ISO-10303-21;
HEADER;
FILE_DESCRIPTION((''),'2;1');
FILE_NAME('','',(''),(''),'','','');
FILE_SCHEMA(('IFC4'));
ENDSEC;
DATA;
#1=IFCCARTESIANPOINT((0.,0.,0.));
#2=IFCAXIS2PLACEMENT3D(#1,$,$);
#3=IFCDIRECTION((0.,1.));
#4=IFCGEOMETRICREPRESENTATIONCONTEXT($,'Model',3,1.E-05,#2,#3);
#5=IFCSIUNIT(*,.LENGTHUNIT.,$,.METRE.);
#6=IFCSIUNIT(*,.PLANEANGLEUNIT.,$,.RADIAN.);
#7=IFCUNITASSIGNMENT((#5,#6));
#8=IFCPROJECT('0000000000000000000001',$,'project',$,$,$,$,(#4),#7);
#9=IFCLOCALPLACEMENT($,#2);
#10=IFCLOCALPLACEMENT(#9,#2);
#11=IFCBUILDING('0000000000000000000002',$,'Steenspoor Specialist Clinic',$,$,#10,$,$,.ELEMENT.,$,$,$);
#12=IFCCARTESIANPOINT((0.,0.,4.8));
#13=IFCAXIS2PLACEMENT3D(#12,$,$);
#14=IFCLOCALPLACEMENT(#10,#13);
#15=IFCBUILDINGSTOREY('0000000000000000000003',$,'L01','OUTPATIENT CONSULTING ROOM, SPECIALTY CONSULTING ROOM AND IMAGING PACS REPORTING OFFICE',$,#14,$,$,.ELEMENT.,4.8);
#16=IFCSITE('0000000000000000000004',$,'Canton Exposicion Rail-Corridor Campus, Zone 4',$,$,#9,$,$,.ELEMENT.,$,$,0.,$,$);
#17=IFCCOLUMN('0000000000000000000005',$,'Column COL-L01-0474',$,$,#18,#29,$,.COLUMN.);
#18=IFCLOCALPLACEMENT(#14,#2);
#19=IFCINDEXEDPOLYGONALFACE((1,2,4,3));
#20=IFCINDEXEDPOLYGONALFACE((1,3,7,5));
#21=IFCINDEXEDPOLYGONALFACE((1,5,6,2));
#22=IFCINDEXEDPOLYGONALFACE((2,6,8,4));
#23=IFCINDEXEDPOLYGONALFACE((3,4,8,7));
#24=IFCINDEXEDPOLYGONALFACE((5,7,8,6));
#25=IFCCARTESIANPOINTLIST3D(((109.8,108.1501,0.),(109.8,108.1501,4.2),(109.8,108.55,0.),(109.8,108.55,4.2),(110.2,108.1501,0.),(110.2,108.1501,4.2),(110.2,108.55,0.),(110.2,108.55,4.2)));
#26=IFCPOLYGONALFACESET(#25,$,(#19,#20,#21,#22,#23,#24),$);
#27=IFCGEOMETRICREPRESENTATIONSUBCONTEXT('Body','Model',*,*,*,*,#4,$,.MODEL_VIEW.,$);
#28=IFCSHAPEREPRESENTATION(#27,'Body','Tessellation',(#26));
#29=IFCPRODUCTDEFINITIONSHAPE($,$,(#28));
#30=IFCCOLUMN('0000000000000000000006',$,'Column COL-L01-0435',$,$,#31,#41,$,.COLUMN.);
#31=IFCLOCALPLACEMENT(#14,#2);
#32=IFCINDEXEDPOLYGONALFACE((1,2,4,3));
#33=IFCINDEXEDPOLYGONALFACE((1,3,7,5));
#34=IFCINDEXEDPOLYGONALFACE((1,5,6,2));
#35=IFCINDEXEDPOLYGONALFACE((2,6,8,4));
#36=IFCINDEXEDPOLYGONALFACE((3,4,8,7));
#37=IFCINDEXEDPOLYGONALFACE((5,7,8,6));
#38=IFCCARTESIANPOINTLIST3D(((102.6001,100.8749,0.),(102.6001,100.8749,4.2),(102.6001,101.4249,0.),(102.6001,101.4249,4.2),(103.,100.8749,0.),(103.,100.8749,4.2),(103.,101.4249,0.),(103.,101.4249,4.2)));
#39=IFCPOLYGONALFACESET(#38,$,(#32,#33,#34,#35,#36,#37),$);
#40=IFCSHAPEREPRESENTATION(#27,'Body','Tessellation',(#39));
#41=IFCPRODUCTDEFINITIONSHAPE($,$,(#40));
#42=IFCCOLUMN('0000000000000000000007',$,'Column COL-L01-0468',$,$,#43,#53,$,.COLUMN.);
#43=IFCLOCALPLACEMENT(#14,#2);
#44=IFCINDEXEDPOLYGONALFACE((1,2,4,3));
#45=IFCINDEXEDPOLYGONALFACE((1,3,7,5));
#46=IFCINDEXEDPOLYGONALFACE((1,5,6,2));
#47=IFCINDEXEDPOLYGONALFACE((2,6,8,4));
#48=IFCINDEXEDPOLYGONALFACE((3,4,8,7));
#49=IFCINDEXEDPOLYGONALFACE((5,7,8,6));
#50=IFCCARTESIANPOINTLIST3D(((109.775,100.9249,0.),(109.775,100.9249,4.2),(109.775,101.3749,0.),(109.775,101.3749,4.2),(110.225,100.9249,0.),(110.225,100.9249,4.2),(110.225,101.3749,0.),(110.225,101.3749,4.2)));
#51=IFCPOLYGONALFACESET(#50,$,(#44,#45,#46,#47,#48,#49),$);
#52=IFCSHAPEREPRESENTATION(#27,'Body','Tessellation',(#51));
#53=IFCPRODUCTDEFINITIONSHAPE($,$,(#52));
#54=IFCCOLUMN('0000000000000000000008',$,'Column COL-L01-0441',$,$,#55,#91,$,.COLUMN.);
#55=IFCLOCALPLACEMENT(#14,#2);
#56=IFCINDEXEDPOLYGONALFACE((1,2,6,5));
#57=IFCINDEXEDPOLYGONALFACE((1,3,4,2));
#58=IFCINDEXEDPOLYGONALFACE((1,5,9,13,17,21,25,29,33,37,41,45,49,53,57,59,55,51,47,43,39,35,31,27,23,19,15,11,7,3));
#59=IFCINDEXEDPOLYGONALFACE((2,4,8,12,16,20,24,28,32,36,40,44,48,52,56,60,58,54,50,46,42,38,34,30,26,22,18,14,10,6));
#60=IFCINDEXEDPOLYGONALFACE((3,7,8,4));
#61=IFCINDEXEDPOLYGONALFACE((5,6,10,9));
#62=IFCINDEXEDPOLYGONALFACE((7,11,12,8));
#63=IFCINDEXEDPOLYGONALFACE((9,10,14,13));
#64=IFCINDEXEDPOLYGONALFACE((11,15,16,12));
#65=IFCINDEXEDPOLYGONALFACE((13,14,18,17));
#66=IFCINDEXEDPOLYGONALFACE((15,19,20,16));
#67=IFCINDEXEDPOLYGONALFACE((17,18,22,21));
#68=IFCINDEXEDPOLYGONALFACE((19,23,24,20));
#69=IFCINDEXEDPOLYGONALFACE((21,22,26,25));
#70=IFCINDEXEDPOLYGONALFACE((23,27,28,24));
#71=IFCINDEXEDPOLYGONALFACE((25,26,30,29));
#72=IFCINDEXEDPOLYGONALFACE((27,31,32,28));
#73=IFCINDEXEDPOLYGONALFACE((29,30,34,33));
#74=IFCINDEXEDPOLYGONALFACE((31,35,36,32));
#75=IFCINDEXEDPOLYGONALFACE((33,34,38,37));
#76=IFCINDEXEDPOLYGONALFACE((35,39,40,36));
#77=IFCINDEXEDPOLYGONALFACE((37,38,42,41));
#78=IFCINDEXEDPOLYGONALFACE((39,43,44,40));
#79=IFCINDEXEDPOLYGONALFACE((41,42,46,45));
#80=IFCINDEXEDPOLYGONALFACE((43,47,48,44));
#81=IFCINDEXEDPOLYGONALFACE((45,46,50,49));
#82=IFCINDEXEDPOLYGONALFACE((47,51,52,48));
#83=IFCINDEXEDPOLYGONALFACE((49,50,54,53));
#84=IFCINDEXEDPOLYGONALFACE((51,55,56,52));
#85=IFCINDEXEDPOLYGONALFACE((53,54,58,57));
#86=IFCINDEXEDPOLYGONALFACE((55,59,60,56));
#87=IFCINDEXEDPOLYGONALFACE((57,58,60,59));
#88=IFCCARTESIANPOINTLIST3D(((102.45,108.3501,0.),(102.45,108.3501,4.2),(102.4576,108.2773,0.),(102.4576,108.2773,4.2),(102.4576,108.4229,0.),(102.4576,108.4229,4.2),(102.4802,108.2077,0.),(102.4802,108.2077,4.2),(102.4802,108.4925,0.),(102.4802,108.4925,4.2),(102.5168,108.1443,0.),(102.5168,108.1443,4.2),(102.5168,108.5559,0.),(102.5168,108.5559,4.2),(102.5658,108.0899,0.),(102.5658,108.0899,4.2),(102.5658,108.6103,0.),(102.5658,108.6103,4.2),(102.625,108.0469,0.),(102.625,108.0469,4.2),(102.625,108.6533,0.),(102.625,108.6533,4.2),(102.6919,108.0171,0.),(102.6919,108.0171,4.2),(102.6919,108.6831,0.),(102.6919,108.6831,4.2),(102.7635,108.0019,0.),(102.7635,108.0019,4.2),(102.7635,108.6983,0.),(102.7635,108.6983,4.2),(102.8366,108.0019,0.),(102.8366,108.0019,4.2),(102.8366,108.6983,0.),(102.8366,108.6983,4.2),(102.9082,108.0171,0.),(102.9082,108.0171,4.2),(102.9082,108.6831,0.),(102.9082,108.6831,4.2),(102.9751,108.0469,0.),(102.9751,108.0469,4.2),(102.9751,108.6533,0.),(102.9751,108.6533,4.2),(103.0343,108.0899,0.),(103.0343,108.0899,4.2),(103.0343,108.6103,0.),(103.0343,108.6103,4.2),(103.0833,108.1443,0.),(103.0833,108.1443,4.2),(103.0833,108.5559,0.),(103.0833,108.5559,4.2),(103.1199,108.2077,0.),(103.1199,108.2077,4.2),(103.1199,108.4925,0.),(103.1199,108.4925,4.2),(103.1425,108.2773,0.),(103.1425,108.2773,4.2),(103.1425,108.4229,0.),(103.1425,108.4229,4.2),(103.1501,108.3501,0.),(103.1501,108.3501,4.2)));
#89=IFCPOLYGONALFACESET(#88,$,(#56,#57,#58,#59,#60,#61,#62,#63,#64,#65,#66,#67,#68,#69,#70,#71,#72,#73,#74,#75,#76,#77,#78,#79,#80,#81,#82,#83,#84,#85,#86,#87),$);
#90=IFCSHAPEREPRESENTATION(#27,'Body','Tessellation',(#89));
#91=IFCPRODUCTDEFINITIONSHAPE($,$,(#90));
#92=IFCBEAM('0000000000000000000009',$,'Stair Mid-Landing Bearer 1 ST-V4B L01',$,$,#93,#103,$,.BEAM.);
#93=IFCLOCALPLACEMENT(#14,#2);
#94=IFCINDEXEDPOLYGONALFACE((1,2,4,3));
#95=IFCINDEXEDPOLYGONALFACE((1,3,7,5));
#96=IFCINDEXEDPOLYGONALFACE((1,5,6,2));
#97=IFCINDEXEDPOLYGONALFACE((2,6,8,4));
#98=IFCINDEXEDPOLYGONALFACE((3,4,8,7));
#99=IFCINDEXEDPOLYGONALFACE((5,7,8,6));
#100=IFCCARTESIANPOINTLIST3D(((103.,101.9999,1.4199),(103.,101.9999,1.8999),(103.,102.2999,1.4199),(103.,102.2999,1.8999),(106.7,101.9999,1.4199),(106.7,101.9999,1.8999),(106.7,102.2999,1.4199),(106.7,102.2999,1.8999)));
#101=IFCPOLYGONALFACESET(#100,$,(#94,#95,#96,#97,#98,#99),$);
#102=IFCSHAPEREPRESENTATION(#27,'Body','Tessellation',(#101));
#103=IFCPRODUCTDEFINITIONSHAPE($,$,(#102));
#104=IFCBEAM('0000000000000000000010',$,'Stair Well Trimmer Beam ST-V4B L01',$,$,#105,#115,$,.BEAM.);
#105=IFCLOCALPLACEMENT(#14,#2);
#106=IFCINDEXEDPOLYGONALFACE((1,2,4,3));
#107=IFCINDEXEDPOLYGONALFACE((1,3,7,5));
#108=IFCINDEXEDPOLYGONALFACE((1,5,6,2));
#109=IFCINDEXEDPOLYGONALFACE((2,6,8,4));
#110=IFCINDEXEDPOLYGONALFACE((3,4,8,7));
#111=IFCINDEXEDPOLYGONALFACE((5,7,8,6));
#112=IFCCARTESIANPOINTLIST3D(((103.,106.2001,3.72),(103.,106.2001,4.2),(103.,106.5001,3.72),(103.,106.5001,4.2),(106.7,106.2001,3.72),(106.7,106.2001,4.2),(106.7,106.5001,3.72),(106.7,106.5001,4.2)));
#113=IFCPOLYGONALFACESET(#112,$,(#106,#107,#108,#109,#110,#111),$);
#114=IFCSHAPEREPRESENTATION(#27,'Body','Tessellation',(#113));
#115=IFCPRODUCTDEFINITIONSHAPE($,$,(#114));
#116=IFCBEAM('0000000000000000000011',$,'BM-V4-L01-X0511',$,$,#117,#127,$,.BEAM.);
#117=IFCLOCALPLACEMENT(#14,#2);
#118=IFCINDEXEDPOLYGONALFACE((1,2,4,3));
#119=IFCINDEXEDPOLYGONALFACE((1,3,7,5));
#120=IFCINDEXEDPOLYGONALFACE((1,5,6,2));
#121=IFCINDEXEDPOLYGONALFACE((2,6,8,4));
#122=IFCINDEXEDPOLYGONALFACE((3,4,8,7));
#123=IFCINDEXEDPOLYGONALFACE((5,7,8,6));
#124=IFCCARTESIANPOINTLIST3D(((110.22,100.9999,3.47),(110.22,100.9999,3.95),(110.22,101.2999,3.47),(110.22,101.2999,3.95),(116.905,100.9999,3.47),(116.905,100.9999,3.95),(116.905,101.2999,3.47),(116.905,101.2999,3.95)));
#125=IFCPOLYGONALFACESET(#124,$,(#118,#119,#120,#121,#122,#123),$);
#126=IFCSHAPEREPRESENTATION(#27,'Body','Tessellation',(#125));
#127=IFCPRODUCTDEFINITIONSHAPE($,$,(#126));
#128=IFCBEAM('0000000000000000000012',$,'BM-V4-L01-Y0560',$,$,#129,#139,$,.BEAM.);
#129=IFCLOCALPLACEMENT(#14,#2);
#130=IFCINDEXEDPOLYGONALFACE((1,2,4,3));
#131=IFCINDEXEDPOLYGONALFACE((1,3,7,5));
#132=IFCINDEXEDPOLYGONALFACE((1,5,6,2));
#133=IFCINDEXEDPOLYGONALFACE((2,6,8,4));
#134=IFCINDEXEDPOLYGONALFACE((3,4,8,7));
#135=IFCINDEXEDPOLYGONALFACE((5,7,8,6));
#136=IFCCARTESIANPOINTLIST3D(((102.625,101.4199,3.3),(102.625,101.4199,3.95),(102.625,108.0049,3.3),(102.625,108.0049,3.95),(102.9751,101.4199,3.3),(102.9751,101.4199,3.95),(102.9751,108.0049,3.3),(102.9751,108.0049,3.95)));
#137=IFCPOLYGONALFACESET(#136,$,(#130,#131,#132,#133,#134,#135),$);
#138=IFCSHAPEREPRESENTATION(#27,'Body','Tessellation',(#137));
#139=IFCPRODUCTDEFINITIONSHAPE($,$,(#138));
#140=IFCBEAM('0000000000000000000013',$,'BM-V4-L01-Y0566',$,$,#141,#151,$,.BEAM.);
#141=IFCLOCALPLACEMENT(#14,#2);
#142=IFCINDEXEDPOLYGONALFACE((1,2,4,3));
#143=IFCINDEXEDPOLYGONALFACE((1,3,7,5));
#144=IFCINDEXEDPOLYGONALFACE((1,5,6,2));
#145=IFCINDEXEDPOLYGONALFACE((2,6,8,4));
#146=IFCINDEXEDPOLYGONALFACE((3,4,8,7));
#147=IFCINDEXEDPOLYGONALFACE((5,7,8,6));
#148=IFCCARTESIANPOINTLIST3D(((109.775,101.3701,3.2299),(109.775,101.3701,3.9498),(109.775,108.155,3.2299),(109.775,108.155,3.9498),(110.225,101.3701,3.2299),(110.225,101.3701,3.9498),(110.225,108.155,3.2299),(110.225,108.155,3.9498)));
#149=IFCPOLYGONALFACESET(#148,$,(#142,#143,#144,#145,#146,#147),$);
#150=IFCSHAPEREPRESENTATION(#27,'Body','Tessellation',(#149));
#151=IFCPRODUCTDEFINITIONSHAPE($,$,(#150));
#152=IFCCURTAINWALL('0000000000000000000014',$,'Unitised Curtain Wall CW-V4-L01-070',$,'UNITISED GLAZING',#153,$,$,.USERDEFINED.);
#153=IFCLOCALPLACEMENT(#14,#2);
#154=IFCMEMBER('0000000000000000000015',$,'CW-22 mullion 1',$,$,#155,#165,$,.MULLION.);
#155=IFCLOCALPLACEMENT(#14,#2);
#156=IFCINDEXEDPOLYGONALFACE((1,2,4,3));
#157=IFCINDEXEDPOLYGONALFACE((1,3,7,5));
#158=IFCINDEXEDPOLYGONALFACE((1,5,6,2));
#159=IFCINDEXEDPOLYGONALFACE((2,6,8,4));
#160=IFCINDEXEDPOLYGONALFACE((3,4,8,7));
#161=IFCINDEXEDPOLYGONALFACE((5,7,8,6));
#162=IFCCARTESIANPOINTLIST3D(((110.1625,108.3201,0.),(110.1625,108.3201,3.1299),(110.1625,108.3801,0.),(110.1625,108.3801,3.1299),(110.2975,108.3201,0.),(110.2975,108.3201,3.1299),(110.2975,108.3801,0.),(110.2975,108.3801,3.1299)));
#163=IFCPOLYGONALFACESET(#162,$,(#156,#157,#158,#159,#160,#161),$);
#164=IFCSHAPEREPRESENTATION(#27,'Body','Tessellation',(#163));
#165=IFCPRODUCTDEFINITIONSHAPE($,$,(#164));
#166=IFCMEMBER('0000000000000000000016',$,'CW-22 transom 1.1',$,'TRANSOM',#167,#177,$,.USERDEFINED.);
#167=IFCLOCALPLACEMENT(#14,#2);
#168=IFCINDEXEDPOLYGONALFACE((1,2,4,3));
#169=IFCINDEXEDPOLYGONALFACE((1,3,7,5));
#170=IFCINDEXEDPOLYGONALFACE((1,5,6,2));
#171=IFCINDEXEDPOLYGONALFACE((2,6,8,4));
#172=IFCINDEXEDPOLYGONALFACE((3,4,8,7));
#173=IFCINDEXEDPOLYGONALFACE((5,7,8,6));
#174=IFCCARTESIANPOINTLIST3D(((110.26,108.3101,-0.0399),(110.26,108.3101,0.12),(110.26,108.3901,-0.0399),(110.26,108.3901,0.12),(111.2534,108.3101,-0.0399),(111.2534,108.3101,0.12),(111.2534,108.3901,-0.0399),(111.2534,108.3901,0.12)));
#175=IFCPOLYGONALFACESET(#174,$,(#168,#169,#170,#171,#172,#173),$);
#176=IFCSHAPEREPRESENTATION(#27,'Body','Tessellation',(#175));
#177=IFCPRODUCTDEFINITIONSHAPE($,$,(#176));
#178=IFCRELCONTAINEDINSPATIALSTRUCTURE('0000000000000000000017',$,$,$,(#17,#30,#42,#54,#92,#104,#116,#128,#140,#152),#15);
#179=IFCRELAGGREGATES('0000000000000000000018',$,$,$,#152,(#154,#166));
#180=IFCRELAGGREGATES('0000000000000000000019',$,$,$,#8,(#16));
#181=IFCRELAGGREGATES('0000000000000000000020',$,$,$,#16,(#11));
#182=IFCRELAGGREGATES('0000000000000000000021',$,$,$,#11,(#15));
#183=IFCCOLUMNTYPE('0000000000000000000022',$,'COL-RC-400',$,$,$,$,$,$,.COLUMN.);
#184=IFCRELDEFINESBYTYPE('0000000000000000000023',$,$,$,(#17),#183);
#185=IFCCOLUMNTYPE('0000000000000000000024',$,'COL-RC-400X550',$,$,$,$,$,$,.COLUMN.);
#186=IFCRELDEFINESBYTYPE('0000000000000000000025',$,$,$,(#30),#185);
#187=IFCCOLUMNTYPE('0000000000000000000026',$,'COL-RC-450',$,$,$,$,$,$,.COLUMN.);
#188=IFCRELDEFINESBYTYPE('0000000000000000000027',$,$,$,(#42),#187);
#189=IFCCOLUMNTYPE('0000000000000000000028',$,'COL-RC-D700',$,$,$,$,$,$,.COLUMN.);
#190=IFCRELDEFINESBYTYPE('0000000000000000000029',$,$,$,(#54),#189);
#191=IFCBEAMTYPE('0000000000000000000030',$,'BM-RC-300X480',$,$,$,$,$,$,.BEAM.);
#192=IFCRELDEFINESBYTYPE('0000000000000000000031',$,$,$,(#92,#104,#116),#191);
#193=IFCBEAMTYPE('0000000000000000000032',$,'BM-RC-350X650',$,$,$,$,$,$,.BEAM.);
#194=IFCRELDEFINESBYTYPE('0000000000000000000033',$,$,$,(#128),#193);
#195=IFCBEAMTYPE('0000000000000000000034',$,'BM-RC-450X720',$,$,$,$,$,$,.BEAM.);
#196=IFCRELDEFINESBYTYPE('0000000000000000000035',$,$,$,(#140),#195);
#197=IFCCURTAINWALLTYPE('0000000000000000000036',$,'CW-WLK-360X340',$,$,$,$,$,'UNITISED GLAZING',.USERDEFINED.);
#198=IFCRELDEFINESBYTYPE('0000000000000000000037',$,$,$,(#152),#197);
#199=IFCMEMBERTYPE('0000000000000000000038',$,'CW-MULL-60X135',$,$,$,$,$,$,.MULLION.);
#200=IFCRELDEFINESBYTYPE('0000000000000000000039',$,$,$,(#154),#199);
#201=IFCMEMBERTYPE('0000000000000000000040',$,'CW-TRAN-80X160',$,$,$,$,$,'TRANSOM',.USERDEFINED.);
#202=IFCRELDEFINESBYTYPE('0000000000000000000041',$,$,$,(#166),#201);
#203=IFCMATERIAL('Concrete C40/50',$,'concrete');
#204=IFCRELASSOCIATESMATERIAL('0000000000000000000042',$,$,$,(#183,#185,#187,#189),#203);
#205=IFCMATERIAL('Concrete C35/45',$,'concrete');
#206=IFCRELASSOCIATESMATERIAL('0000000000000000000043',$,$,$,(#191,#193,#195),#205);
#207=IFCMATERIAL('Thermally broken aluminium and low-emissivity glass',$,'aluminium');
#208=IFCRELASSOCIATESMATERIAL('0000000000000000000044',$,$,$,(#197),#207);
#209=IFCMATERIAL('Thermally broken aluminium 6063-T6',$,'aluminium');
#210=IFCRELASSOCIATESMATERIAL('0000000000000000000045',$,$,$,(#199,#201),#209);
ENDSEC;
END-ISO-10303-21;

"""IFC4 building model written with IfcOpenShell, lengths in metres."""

from ifc_helpers import new_model, si_unit, direction, frame, origin, origin_2d, place, context, subcontext, project, spatial, rectangle, circle, extrude, material, material_profile, profile_set, type_object, element, aggregate, save


model = new_model("IFC4")

# Units and contexts
model_context = context("Model", 3, precision=1e-05, world=origin(), true_north=direction((0.0, 1.0)))
body_context = subcontext(model_context, "Body", "Model", "MODEL_VIEW")
ifc_project = project(units=[si_unit("LENGTHUNIT", "METRE"), si_unit("PLANEANGLEUNIT", "RADIAN")], contexts=[model_context])

# Site, building, storey
site_placement = place(None, origin())
site = spatial("IfcSite", under=ifc_project, at=site_placement, Name="Canton Exposicion Rail-Corridor Campus, Zone 4", CompositionType="ELEMENT", RefElevation=0.0)
building_placement = place(site_placement, origin())
building = spatial("IfcBuilding", under=site, at=building_placement, Name="Steenspoor Specialist Clinic", CompositionType="ELEMENT")
storey_placement = place(building_placement, frame((0.0, 0.0, 4.8)))
storey = spatial("IfcBuildingStorey", under=building, at=storey_placement, Name="L01", Description="OUTPATIENT CONSULTING ROOM, SPECIALTY CONSULTING ROOM AND IMAGING PACS REPORTING OFFICE", CompositionType="ELEMENT", Elevation=4.8)

# Columns
ifc_material_1 = material(Name="Concrete C40/50", Category="concrete")
ifc_material_profile_1 = material_profile(ifc_material_1, rectangle(XDim=0.3999, YDim=0.3999, at=origin_2d()), Name="RC-COL-400X400")
ifc_profile_set_1 = profile_set([ifc_material_profile_1], Name="Concrete C40/50")
column_type_1 = type_object("IfcColumnType", Name="COL-RC-400", PredefinedType="COLUMN", material=ifc_profile_set_1)
column_1_placement = place(storey_placement, frame((110.0, 108.3501, 0.0), z_axis=(0.0, 0.0, 1.0), x_axis=(1.0, 0.0, 0.0)))
element("IfcColumn", 1, at=column_1_placement, inside=storey, type_object=column_type_1, Name="Column COL-L01-0474", PredefinedType="COLUMN", context=body_context, shape_type="SweptSolid", body=[
    extrude(rectangle(XDim=0.3999, YDim=0.3999, at=origin_2d()), origin(), (0.0, 0.0, 1.0), 4.2),
])
ifc_material_profile_2 = material_profile(ifc_material_1, rectangle(XDim=0.3999, YDim=0.55, at=origin_2d()), Name="RC-COL-400X550")
ifc_profile_set_2 = profile_set([ifc_material_profile_2], Name="Concrete C40/50")
column_type_2 = type_object("IfcColumnType", Name="COL-RC-400X550", PredefinedType="COLUMN", material=ifc_profile_set_2)
column_2_placement = place(storey_placement, frame((102.8, 101.1499, 0.0), z_axis=(0.0, 0.0, 1.0), x_axis=(1.0, 0.0, 0.0)))
element("IfcColumn", 2, at=column_2_placement, inside=storey, type_object=column_type_2, Name="Column COL-L01-0435", PredefinedType="COLUMN", context=body_context, shape_type="SweptSolid", body=[
    extrude(rectangle(XDim=0.3999, YDim=0.55, at=origin_2d()), origin(), (0.0, 0.0, 1.0), 4.2),
])
ifc_material_profile_3 = material_profile(ifc_material_1, rectangle(XDim=0.45, YDim=0.45, at=origin_2d()), Name="RC-COL-450X450")
ifc_profile_set_3 = profile_set([ifc_material_profile_3], Name="Concrete C40/50")
column_type_3 = type_object("IfcColumnType", Name="COL-RC-450", PredefinedType="COLUMN", material=ifc_profile_set_3)
column_3_placement = place(storey_placement, frame((110.0, 101.1499, 0.0), z_axis=(0.0, 0.0, 1.0), x_axis=(1.0, 0.0, 0.0)))
element("IfcColumn", 3, at=column_3_placement, inside=storey, type_object=column_type_3, Name="Column COL-L01-0468", PredefinedType="COLUMN", context=body_context, shape_type="SweptSolid", body=[
    extrude(rectangle(XDim=0.45, YDim=0.45, at=origin_2d()), origin(), (0.0, 0.0, 1.0), 4.2),
])
ifc_material_profile_4 = material_profile(ifc_material_1, circle(Radius=0.3501, at=origin_2d()), Name="RC-COL-D700")
ifc_profile_set_4 = profile_set([ifc_material_profile_4], Name="Concrete C40/50")
column_type_4 = type_object("IfcColumnType", Name="COL-RC-D700", PredefinedType="COLUMN", material=ifc_profile_set_4)
column_4_placement = place(storey_placement, frame((102.8, 108.3501, 0.0), z_axis=(0.0, 0.0, 1.0), x_axis=(1.0, 0.0, 0.0)))
element("IfcColumn", 4, at=column_4_placement, inside=storey, type_object=column_type_4, Name="Column COL-L01-0441", PredefinedType="COLUMN", context=body_context, shape_type="SweptSolid", body=[
    extrude(circle(Radius=0.3501, at=origin_2d()), origin(), (0.0, 0.0, 1.0), 4.2),
])

# Beams
ifc_material_2 = material(Name="Concrete C35/45", Category="concrete")
ifc_material_profile_5 = material_profile(ifc_material_2, rectangle(XDim=0.3, YDim=0.48, at=origin_2d()), Name="RC-BM-300X480")
ifc_profile_set_5 = profile_set([ifc_material_profile_5], Name="Concrete C35/45")
beam_type_1 = type_object("IfcBeamType", Name="BM-RC-300X480", PredefinedType="BEAM", material=ifc_profile_set_5)
for number, where, z_axis, x_axis, name in (
    (5, (103.0, 102.1499, 1.6599), (1.0, 0.0, 0.0), (0.0, 1.0, 0.0), "Stair Mid-Landing Bearer 1 ST-V4B L01"),
    (6, (103.0, 106.3501, 3.96), (1.0, 0.0, 0.0), (0.0, 1.0, 0.0), "Stair Well Trimmer Beam ST-V4B L01"),
):
    element("IfcBeam", number, at=place(storey_placement, frame(where, z_axis=z_axis, x_axis=x_axis)), inside=storey, type_object=beam_type_1, Name=name, PredefinedType="BEAM", context=body_context, shape_type="SweptSolid", body=[
        extrude(rectangle(XDim=0.3, YDim=0.48, at=origin_2d()), origin(), (0.0, 0.0, 1.0), 3.7),
    ])
beam_1_placement = place(storey_placement, frame((110.22, 101.1499, 3.71), z_axis=(1.0, 0.0, 0.0), x_axis=(0.0, 1.0, 0.0)))
element("IfcBeam", 7, at=beam_1_placement, inside=storey, type_object=beam_type_1, Name="BM-V4-L01-X0511", PredefinedType="BEAM", context=body_context, shape_type="SweptSolid", body=[
    extrude(rectangle(XDim=0.3, YDim=0.48, at=origin_2d()), origin(), (0.0, 0.0, 1.0), 6.6851),
])
ifc_material_profile_6 = material_profile(ifc_material_2, rectangle(XDim=0.3501, YDim=0.6499, at=origin_2d()), Name="RC-BM-350X650")
ifc_profile_set_6 = profile_set([ifc_material_profile_6], Name="Concrete C35/45")
beam_type_2 = type_object("IfcBeamType", Name="BM-RC-350X650", PredefinedType="BEAM", material=ifc_profile_set_6)
beam_2_placement = place(storey_placement, frame((102.8, 101.4199, 3.625), z_axis=(0.0, 1.0, 0.0), x_axis=(-1.0, 0.0, 0.0)))
element("IfcBeam", 8, at=beam_2_placement, inside=storey, type_object=beam_type_2, Name="BM-V4-L01-Y0560", PredefinedType="BEAM", context=body_context, shape_type="SweptSolid", body=[
    extrude(rectangle(XDim=0.3501, YDim=0.6499, at=origin_2d()), origin(), (0.0, 0.0, 1.0), 6.585),
])
ifc_material_profile_7 = material_profile(ifc_material_2, rectangle(XDim=0.45, YDim=0.72, at=origin_2d()), Name="RC-BM-450X720")
ifc_profile_set_7 = profile_set([ifc_material_profile_7], Name="Concrete C35/45")
beam_type_3 = type_object("IfcBeamType", Name="BM-RC-450X720", PredefinedType="BEAM", material=ifc_profile_set_7)
beam_3_placement = place(storey_placement, frame((110.0, 101.3701, 3.5898), z_axis=(0.0, 1.0, 0.0), x_axis=(-1.0, 0.0, 0.0)))
element("IfcBeam", 9, at=beam_3_placement, inside=storey, type_object=beam_type_3, Name="BM-V4-L01-Y0566", PredefinedType="BEAM", context=body_context, shape_type="SweptSolid", body=[
    extrude(rectangle(XDim=0.45, YDim=0.72, at=origin_2d()), origin(), (0.0, 0.0, 1.0), 6.7849),
])

# Curtain wall, members
ifc_material_3 = material(Name="Thermally broken aluminium and low-emissivity glass", Category="aluminium")
curtain_wall_type = type_object("IfcCurtainWallType", Name="CW-WLK-360X340", ElementType="UNITISED GLAZING", PredefinedType="USERDEFINED", material=ifc_material_3)
curtain_wall_placement = place(storey_placement, origin())
curtain_wall = element("IfcCurtainWall", 10, at=curtain_wall_placement, inside=storey, type_object=curtain_wall_type, Name="Unitised Curtain Wall CW-V4-L01-070", ObjectType="UNITISED GLAZING", PredefinedType="USERDEFINED")
ifc_material_4 = material(Name="Thermally broken aluminium 6063-T6", Category="aluminium")
ifc_material_profile_8 = material_profile(ifc_material_4, rectangle(XDim=0.0601, YDim=0.135, at=origin_2d()), Name="CWM-60X135")
ifc_profile_set_8 = profile_set([ifc_material_profile_8], Name="Thermally broken aluminium 6063-T6")
member_type_1 = type_object("IfcMemberType", Name="CW-MULL-60X135", PredefinedType="MULLION", material=ifc_profile_set_8)
member_1_placement = place(storey_placement, frame((110.23, 108.3501, 0.0), z_axis=(0.0, 0.0, 1.0), x_axis=(0.0, 1.0, 0.0)))
member_1 = element("IfcMember", 11, at=member_1_placement, type_object=member_type_1, Name="CW-22 mullion 1", PredefinedType="MULLION", context=body_context, shape_type="SweptSolid", body=[
    extrude(rectangle(XDim=0.0601, YDim=0.135, at=origin_2d()), origin(), (0.0, 0.0, 1.0), 3.1299),
])
ifc_material_profile_9 = material_profile(ifc_material_4, rectangle(XDim=0.0801, YDim=0.1599, at=origin_2d()), Name="CWT-80X160")
ifc_profile_set_9 = profile_set([ifc_material_profile_9], Name="Thermally broken aluminium 6063-T6")
member_type_2 = type_object("IfcMemberType", Name="CW-TRAN-80X160", ElementType="TRANSOM", PredefinedType="USERDEFINED", material=ifc_profile_set_9)
member_2_placement = place(storey_placement, frame((110.26, 108.3501, 0.04), z_axis=(1.0, 0.0, 0.0), x_axis=(0.0, 1.0, 0.0)))
member_2 = element("IfcMember", 12, at=member_2_placement, type_object=member_type_2, Name="CW-22 transom 1.1", ObjectType="TRANSOM", PredefinedType="USERDEFINED", context=body_context, shape_type="SweptSolid", body=[
    extrude(rectangle(XDim=0.0801, YDim=0.1599, at=origin_2d()), origin(), (0.0, 0.0, 1.0), 0.9934),
])
aggregate(curtain_wall, [member_1, member_2])

save(model, "model.ifc")
